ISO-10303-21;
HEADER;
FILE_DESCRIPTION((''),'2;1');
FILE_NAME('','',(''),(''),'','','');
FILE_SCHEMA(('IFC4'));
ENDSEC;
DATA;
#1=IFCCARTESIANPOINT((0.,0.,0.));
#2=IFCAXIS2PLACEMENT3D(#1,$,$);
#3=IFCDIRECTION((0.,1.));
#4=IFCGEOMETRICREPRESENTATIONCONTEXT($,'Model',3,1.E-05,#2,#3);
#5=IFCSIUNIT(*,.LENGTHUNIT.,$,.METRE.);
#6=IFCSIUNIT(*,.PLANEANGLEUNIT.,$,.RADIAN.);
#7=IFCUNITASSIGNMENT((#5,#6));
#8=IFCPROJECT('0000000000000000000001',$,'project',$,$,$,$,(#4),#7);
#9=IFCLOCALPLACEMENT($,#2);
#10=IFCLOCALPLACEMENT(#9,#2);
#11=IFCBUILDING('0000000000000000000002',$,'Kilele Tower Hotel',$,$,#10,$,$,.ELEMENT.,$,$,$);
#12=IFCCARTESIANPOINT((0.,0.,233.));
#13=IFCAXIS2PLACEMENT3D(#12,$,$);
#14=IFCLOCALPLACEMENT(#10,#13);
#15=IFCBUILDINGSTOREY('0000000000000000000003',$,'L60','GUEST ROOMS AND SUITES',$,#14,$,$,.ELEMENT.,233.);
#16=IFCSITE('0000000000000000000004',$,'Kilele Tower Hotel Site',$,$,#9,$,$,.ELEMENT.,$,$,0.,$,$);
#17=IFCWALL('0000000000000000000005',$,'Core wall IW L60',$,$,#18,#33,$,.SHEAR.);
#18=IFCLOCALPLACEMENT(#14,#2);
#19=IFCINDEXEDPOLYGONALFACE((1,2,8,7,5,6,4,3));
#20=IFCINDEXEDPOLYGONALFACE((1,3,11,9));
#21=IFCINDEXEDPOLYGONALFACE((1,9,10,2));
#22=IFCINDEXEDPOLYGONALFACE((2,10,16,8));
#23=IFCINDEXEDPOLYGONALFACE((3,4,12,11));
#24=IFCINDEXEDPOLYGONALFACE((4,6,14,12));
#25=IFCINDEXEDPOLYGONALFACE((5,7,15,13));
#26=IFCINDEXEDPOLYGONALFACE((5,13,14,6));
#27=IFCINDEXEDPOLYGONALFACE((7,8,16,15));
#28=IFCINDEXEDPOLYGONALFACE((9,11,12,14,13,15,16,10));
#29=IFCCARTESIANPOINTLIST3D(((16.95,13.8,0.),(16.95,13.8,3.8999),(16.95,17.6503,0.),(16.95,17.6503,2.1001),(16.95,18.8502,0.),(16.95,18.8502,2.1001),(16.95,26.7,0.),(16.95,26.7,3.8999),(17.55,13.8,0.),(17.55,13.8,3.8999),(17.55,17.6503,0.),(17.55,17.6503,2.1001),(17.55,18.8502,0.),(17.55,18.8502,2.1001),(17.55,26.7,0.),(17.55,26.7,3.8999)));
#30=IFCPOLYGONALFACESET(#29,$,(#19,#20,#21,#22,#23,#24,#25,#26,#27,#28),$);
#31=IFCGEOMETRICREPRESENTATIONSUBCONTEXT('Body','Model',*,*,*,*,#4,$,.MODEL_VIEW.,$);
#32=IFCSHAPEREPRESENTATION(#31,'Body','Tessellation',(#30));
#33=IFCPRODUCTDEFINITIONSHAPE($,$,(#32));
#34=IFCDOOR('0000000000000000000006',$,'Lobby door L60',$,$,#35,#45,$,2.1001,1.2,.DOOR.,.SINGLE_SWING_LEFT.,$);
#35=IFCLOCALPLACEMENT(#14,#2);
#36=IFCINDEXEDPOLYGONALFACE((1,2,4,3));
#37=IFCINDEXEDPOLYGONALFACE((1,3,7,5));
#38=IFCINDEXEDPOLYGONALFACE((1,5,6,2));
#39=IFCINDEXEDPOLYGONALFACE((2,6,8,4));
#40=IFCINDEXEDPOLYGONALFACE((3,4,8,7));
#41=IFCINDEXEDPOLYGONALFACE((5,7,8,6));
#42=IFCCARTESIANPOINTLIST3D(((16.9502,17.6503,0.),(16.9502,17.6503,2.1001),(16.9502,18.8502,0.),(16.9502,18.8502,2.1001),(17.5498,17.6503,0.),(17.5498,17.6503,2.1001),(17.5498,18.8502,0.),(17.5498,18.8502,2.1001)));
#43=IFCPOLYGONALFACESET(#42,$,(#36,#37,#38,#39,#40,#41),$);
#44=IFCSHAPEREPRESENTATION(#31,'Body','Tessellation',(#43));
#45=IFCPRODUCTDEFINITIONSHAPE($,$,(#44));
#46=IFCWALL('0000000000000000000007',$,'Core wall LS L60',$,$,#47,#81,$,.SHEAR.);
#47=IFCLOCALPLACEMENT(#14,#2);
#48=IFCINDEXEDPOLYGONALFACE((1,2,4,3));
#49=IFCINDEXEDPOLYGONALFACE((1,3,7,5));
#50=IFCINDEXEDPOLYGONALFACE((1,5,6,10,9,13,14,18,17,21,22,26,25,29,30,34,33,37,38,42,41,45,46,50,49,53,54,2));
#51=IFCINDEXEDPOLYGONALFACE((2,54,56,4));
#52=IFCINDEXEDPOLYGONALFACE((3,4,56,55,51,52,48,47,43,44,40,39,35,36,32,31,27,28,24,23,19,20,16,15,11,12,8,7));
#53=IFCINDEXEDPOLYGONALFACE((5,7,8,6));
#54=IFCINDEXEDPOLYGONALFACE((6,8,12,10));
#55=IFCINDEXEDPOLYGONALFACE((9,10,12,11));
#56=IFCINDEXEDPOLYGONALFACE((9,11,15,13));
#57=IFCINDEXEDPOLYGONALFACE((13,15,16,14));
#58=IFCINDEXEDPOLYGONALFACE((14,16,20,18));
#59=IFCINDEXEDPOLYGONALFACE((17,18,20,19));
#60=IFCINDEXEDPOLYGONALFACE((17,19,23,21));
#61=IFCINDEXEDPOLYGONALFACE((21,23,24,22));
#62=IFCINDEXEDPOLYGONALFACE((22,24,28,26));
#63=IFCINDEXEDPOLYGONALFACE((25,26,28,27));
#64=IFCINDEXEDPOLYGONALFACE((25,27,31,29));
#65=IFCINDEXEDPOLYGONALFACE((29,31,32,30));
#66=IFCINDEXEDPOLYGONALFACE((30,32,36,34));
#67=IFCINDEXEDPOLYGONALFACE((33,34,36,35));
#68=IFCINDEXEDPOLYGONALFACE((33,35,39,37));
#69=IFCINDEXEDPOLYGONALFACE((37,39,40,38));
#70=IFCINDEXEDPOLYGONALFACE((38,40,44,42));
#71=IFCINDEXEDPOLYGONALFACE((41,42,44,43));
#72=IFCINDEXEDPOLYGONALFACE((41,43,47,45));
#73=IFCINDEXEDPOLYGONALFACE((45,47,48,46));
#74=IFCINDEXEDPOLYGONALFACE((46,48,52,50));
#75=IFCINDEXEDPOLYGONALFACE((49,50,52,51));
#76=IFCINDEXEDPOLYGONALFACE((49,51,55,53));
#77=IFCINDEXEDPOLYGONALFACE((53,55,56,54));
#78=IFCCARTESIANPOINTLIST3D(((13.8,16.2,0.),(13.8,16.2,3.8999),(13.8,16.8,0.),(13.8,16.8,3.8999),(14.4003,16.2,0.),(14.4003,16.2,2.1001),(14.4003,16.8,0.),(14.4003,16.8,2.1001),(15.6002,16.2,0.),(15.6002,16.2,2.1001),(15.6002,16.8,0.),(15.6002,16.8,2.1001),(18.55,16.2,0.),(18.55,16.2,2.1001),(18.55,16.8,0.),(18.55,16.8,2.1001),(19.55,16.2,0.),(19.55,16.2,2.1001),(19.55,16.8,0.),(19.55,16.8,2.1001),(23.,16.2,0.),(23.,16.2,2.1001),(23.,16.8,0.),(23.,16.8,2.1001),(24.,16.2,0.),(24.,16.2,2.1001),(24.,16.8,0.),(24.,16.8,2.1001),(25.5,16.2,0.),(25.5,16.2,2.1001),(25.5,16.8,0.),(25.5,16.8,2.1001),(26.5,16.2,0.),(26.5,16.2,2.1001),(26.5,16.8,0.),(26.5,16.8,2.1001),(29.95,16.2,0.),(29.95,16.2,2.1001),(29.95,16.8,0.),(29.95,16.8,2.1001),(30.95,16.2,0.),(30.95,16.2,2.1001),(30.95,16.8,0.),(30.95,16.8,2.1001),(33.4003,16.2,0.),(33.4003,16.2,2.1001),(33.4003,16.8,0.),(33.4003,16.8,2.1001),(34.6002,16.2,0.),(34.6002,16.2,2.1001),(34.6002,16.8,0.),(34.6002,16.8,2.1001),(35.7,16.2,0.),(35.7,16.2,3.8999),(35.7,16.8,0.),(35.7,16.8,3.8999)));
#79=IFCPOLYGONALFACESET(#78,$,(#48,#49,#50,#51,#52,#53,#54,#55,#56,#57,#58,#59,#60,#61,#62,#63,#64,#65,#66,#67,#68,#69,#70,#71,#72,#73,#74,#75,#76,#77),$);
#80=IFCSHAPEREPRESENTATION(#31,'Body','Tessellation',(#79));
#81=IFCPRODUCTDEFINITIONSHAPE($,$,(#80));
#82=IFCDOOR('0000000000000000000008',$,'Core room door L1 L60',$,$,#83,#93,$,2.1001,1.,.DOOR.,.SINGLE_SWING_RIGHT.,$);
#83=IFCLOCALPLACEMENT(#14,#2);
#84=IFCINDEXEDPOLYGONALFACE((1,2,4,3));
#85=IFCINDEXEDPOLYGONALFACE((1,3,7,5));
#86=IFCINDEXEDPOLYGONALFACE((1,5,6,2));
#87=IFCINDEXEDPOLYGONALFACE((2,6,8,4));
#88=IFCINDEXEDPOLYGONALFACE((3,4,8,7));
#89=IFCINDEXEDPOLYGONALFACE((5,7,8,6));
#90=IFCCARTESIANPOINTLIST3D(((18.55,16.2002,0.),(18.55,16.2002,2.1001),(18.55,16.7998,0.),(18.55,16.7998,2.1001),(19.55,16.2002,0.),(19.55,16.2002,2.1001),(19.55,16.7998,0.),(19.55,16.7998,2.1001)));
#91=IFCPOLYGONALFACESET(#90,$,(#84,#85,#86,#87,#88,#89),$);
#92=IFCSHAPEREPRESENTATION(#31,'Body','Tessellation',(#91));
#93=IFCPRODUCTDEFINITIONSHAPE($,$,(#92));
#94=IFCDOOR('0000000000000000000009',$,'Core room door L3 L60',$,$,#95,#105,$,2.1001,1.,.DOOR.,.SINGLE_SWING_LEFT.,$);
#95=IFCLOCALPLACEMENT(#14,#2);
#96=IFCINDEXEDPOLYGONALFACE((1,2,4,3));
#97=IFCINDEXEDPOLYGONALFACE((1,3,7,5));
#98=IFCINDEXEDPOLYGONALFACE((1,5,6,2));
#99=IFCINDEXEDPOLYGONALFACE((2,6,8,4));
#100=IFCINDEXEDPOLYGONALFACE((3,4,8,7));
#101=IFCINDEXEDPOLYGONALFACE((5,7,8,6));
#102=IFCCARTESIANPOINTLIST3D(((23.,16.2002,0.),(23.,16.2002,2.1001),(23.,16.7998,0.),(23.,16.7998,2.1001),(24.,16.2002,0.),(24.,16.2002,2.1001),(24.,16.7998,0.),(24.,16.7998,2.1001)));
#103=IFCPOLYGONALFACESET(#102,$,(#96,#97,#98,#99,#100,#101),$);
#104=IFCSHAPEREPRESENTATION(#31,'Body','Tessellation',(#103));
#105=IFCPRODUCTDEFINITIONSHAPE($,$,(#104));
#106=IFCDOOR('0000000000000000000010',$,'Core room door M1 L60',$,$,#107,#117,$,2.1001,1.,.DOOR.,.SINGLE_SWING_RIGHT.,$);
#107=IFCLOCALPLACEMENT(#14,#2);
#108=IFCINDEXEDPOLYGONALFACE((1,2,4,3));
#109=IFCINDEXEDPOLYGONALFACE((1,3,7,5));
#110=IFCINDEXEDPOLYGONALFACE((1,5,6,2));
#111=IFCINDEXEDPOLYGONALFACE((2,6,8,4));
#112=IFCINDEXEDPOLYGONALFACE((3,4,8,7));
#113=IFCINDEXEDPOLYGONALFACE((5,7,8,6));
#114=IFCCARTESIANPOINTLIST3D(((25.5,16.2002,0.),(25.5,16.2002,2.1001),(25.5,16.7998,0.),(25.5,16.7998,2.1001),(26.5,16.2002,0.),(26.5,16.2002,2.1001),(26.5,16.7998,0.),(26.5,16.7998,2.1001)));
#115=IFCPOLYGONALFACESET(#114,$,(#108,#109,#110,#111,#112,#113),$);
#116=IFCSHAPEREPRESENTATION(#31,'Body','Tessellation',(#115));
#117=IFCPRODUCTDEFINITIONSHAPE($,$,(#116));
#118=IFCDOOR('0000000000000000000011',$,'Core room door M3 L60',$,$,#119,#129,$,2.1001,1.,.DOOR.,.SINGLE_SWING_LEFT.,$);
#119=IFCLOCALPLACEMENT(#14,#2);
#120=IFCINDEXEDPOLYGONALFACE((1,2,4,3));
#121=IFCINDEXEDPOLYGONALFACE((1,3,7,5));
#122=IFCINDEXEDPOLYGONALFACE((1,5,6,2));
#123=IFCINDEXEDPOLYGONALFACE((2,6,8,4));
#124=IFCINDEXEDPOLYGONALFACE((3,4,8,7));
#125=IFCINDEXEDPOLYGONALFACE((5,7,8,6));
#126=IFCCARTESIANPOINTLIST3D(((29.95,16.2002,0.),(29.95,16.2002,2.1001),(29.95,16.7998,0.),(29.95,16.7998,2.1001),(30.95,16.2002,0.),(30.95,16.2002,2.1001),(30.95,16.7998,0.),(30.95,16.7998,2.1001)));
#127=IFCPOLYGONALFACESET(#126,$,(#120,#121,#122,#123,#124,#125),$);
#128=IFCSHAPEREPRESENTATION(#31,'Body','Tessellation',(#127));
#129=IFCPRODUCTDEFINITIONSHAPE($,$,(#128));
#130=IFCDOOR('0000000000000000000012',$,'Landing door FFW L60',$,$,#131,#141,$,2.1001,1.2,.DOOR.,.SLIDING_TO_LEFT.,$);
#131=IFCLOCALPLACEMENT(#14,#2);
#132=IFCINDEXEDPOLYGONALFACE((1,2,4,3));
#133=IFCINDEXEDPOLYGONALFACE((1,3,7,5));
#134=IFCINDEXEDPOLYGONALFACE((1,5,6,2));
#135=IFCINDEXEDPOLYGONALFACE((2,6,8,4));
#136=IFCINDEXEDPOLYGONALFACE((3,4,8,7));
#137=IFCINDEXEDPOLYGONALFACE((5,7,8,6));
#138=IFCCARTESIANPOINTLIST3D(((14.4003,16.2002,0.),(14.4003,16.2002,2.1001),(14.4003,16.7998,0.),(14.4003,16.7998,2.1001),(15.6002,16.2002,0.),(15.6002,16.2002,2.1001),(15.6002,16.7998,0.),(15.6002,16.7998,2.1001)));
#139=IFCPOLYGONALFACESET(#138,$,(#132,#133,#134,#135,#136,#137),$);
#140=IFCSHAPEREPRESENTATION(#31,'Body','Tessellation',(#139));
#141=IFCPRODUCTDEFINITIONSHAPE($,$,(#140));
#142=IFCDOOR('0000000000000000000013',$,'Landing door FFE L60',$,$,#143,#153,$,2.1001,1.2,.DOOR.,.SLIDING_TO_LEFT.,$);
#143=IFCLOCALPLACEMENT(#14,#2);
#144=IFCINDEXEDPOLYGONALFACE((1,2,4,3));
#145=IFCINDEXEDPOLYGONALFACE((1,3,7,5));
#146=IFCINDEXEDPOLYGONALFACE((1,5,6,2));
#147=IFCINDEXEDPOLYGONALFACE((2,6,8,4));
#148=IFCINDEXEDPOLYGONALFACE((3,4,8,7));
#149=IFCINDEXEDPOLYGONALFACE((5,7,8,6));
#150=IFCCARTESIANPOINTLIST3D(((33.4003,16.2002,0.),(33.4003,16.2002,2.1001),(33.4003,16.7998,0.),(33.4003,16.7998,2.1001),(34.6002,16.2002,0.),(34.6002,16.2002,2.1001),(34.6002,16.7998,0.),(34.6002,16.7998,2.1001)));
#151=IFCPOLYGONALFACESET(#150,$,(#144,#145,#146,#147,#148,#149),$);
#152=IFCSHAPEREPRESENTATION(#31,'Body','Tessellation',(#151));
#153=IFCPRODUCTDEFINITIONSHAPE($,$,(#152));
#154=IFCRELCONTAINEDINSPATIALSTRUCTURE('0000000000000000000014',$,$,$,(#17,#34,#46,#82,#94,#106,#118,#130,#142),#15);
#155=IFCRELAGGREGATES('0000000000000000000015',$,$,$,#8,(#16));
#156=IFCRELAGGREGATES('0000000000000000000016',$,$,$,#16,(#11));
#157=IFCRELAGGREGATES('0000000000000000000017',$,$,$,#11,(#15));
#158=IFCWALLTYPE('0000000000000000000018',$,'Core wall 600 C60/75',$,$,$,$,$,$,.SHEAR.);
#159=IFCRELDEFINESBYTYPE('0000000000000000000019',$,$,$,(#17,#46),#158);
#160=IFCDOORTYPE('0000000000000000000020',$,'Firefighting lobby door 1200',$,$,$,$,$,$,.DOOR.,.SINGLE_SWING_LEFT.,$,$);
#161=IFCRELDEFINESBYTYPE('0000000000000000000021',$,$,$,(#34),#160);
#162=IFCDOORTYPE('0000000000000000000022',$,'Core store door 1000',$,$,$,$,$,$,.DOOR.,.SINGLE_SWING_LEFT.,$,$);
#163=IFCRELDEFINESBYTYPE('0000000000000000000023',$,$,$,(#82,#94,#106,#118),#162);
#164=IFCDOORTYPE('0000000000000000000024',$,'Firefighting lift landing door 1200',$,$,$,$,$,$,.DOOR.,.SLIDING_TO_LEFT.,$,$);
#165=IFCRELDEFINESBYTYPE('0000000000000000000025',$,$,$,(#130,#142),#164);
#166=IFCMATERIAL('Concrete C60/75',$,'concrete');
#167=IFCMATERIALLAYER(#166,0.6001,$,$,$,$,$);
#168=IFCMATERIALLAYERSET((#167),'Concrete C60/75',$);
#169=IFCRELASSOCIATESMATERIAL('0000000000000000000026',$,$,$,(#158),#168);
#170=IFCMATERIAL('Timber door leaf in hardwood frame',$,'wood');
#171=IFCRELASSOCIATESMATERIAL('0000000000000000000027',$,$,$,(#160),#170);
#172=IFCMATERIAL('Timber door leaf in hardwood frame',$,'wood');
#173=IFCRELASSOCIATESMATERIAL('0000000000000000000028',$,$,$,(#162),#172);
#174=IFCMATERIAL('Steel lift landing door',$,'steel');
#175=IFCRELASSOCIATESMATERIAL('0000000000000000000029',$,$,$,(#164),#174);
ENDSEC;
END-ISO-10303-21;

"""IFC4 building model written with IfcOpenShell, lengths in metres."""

from ifc_helpers import new_model, si_unit, direction, frame, frame_2d, origin, place, context, subcontext, project, spatial, rectangle, extrude, material, layer, layer_set, type_object, element, fill, save


model = new_model("IFC4")

# Units and contexts
model_context = context("Model", 3, precision=1e-05, world=origin(), true_north=direction((0.0, 1.0)))
body_context = subcontext(model_context, "Body", "Model", "MODEL_VIEW")
ifc_project = project(units=[si_unit("LENGTHUNIT", "METRE"), si_unit("PLANEANGLEUNIT", "RADIAN")], contexts=[model_context])

# Site, building, storey
site_placement = place(None, origin())
site = spatial("IfcSite", under=ifc_project, at=site_placement, Name="Kilele Tower Hotel Site", CompositionType="ELEMENT", RefElevation=0.0)
building_placement = place(site_placement, origin())
building = spatial("IfcBuilding", under=site, at=building_placement, Name="Kilele Tower Hotel", CompositionType="ELEMENT")
storey_placement = place(building_placement, frame((0.0, 0.0, 233.0)))
storey = spatial("IfcBuildingStorey", under=building, at=storey_placement, Name="L60", Description="GUEST ROOMS AND SUITES", CompositionType="ELEMENT", Elevation=233.0)

# Wall, opening, door
ifc_material_1 = material(Name="Concrete C60/75", Category="concrete")
ifc_layer_1 = layer(ifc_material_1, 0.6001)
ifc_layer_set_1 = layer_set([ifc_layer_1], Name="Concrete C60/75")
wall_type_1 = type_object("IfcWallType", Name="Core wall 600 C60/75", PredefinedType="SHEAR", material=ifc_layer_set_1)
wall_1_placement = place(storey_placement, frame((17.25, 13.8, 0.0), z_axis=(0.0, 0.0, 1.0), x_axis=(0.0, 1.0, 0.0)))
wall_1 = element("IfcWall", 1, at=wall_1_placement, inside=storey, type_object=wall_type_1, Name="Core wall IW L60", PredefinedType="SHEAR", context=body_context, shape_type="SweptSolid", body=[
    extrude(rectangle(XDim=12.8999, YDim=0.6001, at=frame_2d((6.45, 0.0))), origin(), (0.0, 0.0, 1.0), 3.8999),
])
opening_1_placement = place(wall_1_placement, frame((3.8501, 0.0, 0.0)))
opening_1 = element("IfcOpeningElement", 2, at=opening_1_placement, cuts=wall_1, PredefinedType="OPENING", context=body_context, shape_type="SweptSolid", body=[
    extrude(rectangle(XDim=1.2, YDim=2.1001, at=frame_2d((0.6001, 1.05))), frame((0.0, 0.3101, 0.0), z_axis=(0.0, -1.0, 0.0), x_axis=(1.0, 0.0, 0.0)), (0.0, 0.0, 1.0), 0.6201),
])
ifc_material_2 = material(Name="Timber door leaf in hardwood frame", Category="wood")
door_type_1 = type_object("IfcDoorType", Name="Firefighting lobby door 1200", OperationType="SINGLE_SWING_LEFT", PredefinedType="DOOR", material=ifc_material_2)
door_1_placement = place(opening_1_placement, origin())
door_1 = element("IfcDoor", 3, at=door_1_placement, inside=storey, type_object=door_type_1, Name="Lobby door L60", OperationType="SINGLE_SWING_LEFT", OverallHeight=2.1001, OverallWidth=1.2, PredefinedType="DOOR", context=body_context, shape_type="SweptSolid", body=[
    extrude(rectangle(XDim=1.2, YDim=2.1001, at=frame_2d((0.6001, 1.05))), frame((0.0, 0.2998, 0.0), z_axis=(0.0, -1.0, 0.0), x_axis=(1.0, 0.0, 0.0)), (0.0, 0.0, 1.0), 0.5996),
])
fill(opening_1, door_1)

# Wall, openings, doors
wall_2_placement = place(storey_placement, frame((13.8, 16.5, 0.0), z_axis=(0.0, 0.0, 1.0), x_axis=(1.0, 0.0, 0.0)))
wall_2 = element("IfcWall", 4, at=wall_2_placement, inside=storey, type_object=wall_type_1, Name="Core wall LS L60", PredefinedType="SHEAR", context=body_context, shape_type="SweptSolid", body=[
    extrude(rectangle(XDim=21.8999, YDim=0.6001, at=frame_2d((10.95, 0.0))), origin(), (0.0, 0.0, 1.0), 3.8999),
])
opening_2_placement = place(wall_2_placement, frame((5.75, 0.0, 0.0), z_axis=(0.0, 0.0, 1.0), x_axis=(-1.0, 0.0, 0.0)))
opening_2 = element("IfcOpeningElement", 5, at=opening_2_placement, cuts=wall_2, PredefinedType="OPENING", context=body_context, shape_type="SweptSolid", body=[
    extrude(rectangle(XDim=1.0, YDim=2.1001, at=frame_2d((0.5, 1.05))), frame((0.0, 0.3101, 0.0), z_axis=(0.0, -1.0, 0.0), x_axis=(1.0, 0.0, 0.0)), (0.0, 0.0, 1.0), 0.6201),
])
opening_3_placement = place(wall_2_placement, frame((10.2, 0.0, 0.0), z_axis=(0.0, 0.0, 1.0), x_axis=(-1.0, 0.0, 0.0)))
opening_3 = element("IfcOpeningElement", 6, at=opening_3_placement, cuts=wall_2, PredefinedType="OPENING", context=body_context, shape_type="SweptSolid", body=[
    extrude(rectangle(XDim=1.0, YDim=2.1001, at=frame_2d((0.5, 1.05))), frame((0.0, 0.3101, 0.0), z_axis=(0.0, -1.0, 0.0), x_axis=(1.0, 0.0, 0.0)), (0.0, 0.0, 1.0), 0.6201),
])
opening_4_placement = place(wall_2_placement, frame((12.7, 0.0, 0.0), z_axis=(0.0, 0.0, 1.0), x_axis=(-1.0, 0.0, 0.0)))
opening_4 = element("IfcOpeningElement", 7, at=opening_4_placement, cuts=wall_2, PredefinedType="OPENING", context=body_context, shape_type="SweptSolid", body=[
    extrude(rectangle(XDim=1.0, YDim=2.1001, at=frame_2d((0.5, 1.05))), frame((0.0, 0.3101, 0.0), z_axis=(0.0, -1.0, 0.0), x_axis=(1.0, 0.0, 0.0)), (0.0, 0.0, 1.0), 0.6201),
])
opening_5_placement = place(wall_2_placement, frame((17.1499, 0.0, 0.0), z_axis=(0.0, 0.0, 1.0), x_axis=(-1.0, 0.0, 0.0)))
opening_5 = element("IfcOpeningElement", 8, at=opening_5_placement, cuts=wall_2, PredefinedType="OPENING", context=body_context, shape_type="SweptSolid", body=[
    extrude(rectangle(XDim=1.0, YDim=2.1001, at=frame_2d((0.5, 1.05))), frame((0.0, 0.3101, 0.0), z_axis=(0.0, -1.0, 0.0), x_axis=(1.0, 0.0, 0.0)), (0.0, 0.0, 1.0), 0.6201),
])
opening_6_placement = place(wall_2_placement, frame((0.6001, 0.0, 0.0)))
opening_6 = element("IfcOpeningElement", 9, at=opening_6_placement, cuts=wall_2, PredefinedType="OPENING", context=body_context, shape_type="SweptSolid", body=[
    extrude(rectangle(XDim=1.2, YDim=2.1001, at=frame_2d((0.6001, 1.05))), frame((0.0, 0.3101, 0.0), z_axis=(0.0, -1.0, 0.0), x_axis=(1.0, 0.0, 0.0)), (0.0, 0.0, 1.0), 0.6201),
])
opening_7_placement = place(wall_2_placement, frame((19.6001, 0.0, 0.0)))
opening_7 = element("IfcOpeningElement", 10, at=opening_7_placement, cuts=wall_2, PredefinedType="OPENING", context=body_context, shape_type="SweptSolid", body=[
    extrude(rectangle(XDim=1.2, YDim=2.1001, at=frame_2d((0.6001, 1.05))), frame((0.0, 0.3101, 0.0), z_axis=(0.0, -1.0, 0.0), x_axis=(1.0, 0.0, 0.0)), (0.0, 0.0, 1.0), 0.6201),
])
ifc_material_3 = material(Name="Timber door leaf in hardwood frame", Category="wood")
door_type_2 = type_object("IfcDoorType", Name="Core store door 1000", OperationType="SINGLE_SWING_LEFT", PredefinedType="DOOR", material=ifc_material_3)
door_2_placement = place(opening_2_placement, origin())
door_2 = element("IfcDoor", 11, at=door_2_placement, inside=storey, type_object=door_type_2, Name="Core room door L1 L60", OperationType="SINGLE_SWING_RIGHT", OverallHeight=2.1001, OverallWidth=1.0, PredefinedType="DOOR", context=body_context, shape_type="SweptSolid", body=[
    extrude(rectangle(XDim=1.0, YDim=2.1001, at=frame_2d((0.5, 1.05))), frame((0.0, 0.2998, 0.0), z_axis=(0.0, -1.0, 0.0), x_axis=(1.0, 0.0, 0.0)), (0.0, 0.0, 1.0), 0.5996),
])
fill(opening_2, door_2)
door_3_placement = place(opening_3_placement, origin())
door_3 = element("IfcDoor", 12, at=door_3_placement, inside=storey, type_object=door_type_2, Name="Core room door L3 L60", OperationType="SINGLE_SWING_LEFT", OverallHeight=2.1001, OverallWidth=1.0, PredefinedType="DOOR", context=body_context, shape_type="SweptSolid", body=[
    extrude(rectangle(XDim=1.0, YDim=2.1001, at=frame_2d((0.5, 1.05))), frame((0.0, 0.2998, 0.0), z_axis=(0.0, -1.0, 0.0), x_axis=(1.0, 0.0, 0.0)), (0.0, 0.0, 1.0), 0.5996),
])
fill(opening_3, door_3)
door_4_placement = place(opening_4_placement, origin())
door_4 = element("IfcDoor", 13, at=door_4_placement, inside=storey, type_object=door_type_2, Name="Core room door M1 L60", OperationType="SINGLE_SWING_RIGHT", OverallHeight=2.1001, OverallWidth=1.0, PredefinedType="DOOR", context=body_context, shape_type="SweptSolid", body=[
    extrude(rectangle(XDim=1.0, YDim=2.1001, at=frame_2d((0.5, 1.05))), frame((0.0, 0.2998, 0.0), z_axis=(0.0, -1.0, 0.0), x_axis=(1.0, 0.0, 0.0)), (0.0, 0.0, 1.0), 0.5996),
])
fill(opening_4, door_4)
door_5_placement = place(opening_5_placement, origin())
door_5 = element("IfcDoor", 14, at=door_5_placement, inside=storey, type_object=door_type_2, Name="Core room door M3 L60", OperationType="SINGLE_SWING_LEFT", OverallHeight=2.1001, OverallWidth=1.0, PredefinedType="DOOR", context=body_context, shape_type="SweptSolid", body=[
    extrude(rectangle(XDim=1.0, YDim=2.1001, at=frame_2d((0.5, 1.05))), frame((0.0, 0.2998, 0.0), z_axis=(0.0, -1.0, 0.0), x_axis=(1.0, 0.0, 0.0)), (0.0, 0.0, 1.0), 0.5996),
])
fill(opening_5, door_5)
ifc_material_4 = material(Name="Steel lift landing door", Category="steel")
door_type_3 = type_object("IfcDoorType", Name="Firefighting lift landing door 1200", OperationType="SLIDING_TO_LEFT", PredefinedType="DOOR", material=ifc_material_4)
door_6_placement = place(opening_6_placement, origin())
door_6 = element("IfcDoor", 15, at=door_6_placement, inside=storey, type_object=door_type_3, Name="Landing door FFW L60", OperationType="SLIDING_TO_LEFT", OverallHeight=2.1001, OverallWidth=1.2, PredefinedType="DOOR", context=body_context, shape_type="SweptSolid", body=[
    extrude(rectangle(XDim=1.2, YDim=2.1001, at=frame_2d((0.6001, 1.05))), frame((0.0, 0.2998, 0.0), z_axis=(0.0, -1.0, 0.0), x_axis=(1.0, 0.0, 0.0)), (0.0, 0.0, 1.0), 0.5996),
])
fill(opening_6, door_6)
door_7_placement = place(opening_7_placement, origin())
door_7 = element("IfcDoor", 16, at=door_7_placement, inside=storey, type_object=door_type_3, Name="Landing door FFE L60", OperationType="SLIDING_TO_LEFT", OverallHeight=2.1001, OverallWidth=1.2, PredefinedType="DOOR", context=body_context, shape_type="SweptSolid", body=[
    extrude(rectangle(XDim=1.2, YDim=2.1001, at=frame_2d((0.6001, 1.05))), frame((0.0, 0.2998, 0.0), z_axis=(0.0, -1.0, 0.0), x_axis=(1.0, 0.0, 0.0)), (0.0, 0.0, 1.0), 0.5996),
])
fill(opening_7, door_7)

save(model, "model.ifc")
